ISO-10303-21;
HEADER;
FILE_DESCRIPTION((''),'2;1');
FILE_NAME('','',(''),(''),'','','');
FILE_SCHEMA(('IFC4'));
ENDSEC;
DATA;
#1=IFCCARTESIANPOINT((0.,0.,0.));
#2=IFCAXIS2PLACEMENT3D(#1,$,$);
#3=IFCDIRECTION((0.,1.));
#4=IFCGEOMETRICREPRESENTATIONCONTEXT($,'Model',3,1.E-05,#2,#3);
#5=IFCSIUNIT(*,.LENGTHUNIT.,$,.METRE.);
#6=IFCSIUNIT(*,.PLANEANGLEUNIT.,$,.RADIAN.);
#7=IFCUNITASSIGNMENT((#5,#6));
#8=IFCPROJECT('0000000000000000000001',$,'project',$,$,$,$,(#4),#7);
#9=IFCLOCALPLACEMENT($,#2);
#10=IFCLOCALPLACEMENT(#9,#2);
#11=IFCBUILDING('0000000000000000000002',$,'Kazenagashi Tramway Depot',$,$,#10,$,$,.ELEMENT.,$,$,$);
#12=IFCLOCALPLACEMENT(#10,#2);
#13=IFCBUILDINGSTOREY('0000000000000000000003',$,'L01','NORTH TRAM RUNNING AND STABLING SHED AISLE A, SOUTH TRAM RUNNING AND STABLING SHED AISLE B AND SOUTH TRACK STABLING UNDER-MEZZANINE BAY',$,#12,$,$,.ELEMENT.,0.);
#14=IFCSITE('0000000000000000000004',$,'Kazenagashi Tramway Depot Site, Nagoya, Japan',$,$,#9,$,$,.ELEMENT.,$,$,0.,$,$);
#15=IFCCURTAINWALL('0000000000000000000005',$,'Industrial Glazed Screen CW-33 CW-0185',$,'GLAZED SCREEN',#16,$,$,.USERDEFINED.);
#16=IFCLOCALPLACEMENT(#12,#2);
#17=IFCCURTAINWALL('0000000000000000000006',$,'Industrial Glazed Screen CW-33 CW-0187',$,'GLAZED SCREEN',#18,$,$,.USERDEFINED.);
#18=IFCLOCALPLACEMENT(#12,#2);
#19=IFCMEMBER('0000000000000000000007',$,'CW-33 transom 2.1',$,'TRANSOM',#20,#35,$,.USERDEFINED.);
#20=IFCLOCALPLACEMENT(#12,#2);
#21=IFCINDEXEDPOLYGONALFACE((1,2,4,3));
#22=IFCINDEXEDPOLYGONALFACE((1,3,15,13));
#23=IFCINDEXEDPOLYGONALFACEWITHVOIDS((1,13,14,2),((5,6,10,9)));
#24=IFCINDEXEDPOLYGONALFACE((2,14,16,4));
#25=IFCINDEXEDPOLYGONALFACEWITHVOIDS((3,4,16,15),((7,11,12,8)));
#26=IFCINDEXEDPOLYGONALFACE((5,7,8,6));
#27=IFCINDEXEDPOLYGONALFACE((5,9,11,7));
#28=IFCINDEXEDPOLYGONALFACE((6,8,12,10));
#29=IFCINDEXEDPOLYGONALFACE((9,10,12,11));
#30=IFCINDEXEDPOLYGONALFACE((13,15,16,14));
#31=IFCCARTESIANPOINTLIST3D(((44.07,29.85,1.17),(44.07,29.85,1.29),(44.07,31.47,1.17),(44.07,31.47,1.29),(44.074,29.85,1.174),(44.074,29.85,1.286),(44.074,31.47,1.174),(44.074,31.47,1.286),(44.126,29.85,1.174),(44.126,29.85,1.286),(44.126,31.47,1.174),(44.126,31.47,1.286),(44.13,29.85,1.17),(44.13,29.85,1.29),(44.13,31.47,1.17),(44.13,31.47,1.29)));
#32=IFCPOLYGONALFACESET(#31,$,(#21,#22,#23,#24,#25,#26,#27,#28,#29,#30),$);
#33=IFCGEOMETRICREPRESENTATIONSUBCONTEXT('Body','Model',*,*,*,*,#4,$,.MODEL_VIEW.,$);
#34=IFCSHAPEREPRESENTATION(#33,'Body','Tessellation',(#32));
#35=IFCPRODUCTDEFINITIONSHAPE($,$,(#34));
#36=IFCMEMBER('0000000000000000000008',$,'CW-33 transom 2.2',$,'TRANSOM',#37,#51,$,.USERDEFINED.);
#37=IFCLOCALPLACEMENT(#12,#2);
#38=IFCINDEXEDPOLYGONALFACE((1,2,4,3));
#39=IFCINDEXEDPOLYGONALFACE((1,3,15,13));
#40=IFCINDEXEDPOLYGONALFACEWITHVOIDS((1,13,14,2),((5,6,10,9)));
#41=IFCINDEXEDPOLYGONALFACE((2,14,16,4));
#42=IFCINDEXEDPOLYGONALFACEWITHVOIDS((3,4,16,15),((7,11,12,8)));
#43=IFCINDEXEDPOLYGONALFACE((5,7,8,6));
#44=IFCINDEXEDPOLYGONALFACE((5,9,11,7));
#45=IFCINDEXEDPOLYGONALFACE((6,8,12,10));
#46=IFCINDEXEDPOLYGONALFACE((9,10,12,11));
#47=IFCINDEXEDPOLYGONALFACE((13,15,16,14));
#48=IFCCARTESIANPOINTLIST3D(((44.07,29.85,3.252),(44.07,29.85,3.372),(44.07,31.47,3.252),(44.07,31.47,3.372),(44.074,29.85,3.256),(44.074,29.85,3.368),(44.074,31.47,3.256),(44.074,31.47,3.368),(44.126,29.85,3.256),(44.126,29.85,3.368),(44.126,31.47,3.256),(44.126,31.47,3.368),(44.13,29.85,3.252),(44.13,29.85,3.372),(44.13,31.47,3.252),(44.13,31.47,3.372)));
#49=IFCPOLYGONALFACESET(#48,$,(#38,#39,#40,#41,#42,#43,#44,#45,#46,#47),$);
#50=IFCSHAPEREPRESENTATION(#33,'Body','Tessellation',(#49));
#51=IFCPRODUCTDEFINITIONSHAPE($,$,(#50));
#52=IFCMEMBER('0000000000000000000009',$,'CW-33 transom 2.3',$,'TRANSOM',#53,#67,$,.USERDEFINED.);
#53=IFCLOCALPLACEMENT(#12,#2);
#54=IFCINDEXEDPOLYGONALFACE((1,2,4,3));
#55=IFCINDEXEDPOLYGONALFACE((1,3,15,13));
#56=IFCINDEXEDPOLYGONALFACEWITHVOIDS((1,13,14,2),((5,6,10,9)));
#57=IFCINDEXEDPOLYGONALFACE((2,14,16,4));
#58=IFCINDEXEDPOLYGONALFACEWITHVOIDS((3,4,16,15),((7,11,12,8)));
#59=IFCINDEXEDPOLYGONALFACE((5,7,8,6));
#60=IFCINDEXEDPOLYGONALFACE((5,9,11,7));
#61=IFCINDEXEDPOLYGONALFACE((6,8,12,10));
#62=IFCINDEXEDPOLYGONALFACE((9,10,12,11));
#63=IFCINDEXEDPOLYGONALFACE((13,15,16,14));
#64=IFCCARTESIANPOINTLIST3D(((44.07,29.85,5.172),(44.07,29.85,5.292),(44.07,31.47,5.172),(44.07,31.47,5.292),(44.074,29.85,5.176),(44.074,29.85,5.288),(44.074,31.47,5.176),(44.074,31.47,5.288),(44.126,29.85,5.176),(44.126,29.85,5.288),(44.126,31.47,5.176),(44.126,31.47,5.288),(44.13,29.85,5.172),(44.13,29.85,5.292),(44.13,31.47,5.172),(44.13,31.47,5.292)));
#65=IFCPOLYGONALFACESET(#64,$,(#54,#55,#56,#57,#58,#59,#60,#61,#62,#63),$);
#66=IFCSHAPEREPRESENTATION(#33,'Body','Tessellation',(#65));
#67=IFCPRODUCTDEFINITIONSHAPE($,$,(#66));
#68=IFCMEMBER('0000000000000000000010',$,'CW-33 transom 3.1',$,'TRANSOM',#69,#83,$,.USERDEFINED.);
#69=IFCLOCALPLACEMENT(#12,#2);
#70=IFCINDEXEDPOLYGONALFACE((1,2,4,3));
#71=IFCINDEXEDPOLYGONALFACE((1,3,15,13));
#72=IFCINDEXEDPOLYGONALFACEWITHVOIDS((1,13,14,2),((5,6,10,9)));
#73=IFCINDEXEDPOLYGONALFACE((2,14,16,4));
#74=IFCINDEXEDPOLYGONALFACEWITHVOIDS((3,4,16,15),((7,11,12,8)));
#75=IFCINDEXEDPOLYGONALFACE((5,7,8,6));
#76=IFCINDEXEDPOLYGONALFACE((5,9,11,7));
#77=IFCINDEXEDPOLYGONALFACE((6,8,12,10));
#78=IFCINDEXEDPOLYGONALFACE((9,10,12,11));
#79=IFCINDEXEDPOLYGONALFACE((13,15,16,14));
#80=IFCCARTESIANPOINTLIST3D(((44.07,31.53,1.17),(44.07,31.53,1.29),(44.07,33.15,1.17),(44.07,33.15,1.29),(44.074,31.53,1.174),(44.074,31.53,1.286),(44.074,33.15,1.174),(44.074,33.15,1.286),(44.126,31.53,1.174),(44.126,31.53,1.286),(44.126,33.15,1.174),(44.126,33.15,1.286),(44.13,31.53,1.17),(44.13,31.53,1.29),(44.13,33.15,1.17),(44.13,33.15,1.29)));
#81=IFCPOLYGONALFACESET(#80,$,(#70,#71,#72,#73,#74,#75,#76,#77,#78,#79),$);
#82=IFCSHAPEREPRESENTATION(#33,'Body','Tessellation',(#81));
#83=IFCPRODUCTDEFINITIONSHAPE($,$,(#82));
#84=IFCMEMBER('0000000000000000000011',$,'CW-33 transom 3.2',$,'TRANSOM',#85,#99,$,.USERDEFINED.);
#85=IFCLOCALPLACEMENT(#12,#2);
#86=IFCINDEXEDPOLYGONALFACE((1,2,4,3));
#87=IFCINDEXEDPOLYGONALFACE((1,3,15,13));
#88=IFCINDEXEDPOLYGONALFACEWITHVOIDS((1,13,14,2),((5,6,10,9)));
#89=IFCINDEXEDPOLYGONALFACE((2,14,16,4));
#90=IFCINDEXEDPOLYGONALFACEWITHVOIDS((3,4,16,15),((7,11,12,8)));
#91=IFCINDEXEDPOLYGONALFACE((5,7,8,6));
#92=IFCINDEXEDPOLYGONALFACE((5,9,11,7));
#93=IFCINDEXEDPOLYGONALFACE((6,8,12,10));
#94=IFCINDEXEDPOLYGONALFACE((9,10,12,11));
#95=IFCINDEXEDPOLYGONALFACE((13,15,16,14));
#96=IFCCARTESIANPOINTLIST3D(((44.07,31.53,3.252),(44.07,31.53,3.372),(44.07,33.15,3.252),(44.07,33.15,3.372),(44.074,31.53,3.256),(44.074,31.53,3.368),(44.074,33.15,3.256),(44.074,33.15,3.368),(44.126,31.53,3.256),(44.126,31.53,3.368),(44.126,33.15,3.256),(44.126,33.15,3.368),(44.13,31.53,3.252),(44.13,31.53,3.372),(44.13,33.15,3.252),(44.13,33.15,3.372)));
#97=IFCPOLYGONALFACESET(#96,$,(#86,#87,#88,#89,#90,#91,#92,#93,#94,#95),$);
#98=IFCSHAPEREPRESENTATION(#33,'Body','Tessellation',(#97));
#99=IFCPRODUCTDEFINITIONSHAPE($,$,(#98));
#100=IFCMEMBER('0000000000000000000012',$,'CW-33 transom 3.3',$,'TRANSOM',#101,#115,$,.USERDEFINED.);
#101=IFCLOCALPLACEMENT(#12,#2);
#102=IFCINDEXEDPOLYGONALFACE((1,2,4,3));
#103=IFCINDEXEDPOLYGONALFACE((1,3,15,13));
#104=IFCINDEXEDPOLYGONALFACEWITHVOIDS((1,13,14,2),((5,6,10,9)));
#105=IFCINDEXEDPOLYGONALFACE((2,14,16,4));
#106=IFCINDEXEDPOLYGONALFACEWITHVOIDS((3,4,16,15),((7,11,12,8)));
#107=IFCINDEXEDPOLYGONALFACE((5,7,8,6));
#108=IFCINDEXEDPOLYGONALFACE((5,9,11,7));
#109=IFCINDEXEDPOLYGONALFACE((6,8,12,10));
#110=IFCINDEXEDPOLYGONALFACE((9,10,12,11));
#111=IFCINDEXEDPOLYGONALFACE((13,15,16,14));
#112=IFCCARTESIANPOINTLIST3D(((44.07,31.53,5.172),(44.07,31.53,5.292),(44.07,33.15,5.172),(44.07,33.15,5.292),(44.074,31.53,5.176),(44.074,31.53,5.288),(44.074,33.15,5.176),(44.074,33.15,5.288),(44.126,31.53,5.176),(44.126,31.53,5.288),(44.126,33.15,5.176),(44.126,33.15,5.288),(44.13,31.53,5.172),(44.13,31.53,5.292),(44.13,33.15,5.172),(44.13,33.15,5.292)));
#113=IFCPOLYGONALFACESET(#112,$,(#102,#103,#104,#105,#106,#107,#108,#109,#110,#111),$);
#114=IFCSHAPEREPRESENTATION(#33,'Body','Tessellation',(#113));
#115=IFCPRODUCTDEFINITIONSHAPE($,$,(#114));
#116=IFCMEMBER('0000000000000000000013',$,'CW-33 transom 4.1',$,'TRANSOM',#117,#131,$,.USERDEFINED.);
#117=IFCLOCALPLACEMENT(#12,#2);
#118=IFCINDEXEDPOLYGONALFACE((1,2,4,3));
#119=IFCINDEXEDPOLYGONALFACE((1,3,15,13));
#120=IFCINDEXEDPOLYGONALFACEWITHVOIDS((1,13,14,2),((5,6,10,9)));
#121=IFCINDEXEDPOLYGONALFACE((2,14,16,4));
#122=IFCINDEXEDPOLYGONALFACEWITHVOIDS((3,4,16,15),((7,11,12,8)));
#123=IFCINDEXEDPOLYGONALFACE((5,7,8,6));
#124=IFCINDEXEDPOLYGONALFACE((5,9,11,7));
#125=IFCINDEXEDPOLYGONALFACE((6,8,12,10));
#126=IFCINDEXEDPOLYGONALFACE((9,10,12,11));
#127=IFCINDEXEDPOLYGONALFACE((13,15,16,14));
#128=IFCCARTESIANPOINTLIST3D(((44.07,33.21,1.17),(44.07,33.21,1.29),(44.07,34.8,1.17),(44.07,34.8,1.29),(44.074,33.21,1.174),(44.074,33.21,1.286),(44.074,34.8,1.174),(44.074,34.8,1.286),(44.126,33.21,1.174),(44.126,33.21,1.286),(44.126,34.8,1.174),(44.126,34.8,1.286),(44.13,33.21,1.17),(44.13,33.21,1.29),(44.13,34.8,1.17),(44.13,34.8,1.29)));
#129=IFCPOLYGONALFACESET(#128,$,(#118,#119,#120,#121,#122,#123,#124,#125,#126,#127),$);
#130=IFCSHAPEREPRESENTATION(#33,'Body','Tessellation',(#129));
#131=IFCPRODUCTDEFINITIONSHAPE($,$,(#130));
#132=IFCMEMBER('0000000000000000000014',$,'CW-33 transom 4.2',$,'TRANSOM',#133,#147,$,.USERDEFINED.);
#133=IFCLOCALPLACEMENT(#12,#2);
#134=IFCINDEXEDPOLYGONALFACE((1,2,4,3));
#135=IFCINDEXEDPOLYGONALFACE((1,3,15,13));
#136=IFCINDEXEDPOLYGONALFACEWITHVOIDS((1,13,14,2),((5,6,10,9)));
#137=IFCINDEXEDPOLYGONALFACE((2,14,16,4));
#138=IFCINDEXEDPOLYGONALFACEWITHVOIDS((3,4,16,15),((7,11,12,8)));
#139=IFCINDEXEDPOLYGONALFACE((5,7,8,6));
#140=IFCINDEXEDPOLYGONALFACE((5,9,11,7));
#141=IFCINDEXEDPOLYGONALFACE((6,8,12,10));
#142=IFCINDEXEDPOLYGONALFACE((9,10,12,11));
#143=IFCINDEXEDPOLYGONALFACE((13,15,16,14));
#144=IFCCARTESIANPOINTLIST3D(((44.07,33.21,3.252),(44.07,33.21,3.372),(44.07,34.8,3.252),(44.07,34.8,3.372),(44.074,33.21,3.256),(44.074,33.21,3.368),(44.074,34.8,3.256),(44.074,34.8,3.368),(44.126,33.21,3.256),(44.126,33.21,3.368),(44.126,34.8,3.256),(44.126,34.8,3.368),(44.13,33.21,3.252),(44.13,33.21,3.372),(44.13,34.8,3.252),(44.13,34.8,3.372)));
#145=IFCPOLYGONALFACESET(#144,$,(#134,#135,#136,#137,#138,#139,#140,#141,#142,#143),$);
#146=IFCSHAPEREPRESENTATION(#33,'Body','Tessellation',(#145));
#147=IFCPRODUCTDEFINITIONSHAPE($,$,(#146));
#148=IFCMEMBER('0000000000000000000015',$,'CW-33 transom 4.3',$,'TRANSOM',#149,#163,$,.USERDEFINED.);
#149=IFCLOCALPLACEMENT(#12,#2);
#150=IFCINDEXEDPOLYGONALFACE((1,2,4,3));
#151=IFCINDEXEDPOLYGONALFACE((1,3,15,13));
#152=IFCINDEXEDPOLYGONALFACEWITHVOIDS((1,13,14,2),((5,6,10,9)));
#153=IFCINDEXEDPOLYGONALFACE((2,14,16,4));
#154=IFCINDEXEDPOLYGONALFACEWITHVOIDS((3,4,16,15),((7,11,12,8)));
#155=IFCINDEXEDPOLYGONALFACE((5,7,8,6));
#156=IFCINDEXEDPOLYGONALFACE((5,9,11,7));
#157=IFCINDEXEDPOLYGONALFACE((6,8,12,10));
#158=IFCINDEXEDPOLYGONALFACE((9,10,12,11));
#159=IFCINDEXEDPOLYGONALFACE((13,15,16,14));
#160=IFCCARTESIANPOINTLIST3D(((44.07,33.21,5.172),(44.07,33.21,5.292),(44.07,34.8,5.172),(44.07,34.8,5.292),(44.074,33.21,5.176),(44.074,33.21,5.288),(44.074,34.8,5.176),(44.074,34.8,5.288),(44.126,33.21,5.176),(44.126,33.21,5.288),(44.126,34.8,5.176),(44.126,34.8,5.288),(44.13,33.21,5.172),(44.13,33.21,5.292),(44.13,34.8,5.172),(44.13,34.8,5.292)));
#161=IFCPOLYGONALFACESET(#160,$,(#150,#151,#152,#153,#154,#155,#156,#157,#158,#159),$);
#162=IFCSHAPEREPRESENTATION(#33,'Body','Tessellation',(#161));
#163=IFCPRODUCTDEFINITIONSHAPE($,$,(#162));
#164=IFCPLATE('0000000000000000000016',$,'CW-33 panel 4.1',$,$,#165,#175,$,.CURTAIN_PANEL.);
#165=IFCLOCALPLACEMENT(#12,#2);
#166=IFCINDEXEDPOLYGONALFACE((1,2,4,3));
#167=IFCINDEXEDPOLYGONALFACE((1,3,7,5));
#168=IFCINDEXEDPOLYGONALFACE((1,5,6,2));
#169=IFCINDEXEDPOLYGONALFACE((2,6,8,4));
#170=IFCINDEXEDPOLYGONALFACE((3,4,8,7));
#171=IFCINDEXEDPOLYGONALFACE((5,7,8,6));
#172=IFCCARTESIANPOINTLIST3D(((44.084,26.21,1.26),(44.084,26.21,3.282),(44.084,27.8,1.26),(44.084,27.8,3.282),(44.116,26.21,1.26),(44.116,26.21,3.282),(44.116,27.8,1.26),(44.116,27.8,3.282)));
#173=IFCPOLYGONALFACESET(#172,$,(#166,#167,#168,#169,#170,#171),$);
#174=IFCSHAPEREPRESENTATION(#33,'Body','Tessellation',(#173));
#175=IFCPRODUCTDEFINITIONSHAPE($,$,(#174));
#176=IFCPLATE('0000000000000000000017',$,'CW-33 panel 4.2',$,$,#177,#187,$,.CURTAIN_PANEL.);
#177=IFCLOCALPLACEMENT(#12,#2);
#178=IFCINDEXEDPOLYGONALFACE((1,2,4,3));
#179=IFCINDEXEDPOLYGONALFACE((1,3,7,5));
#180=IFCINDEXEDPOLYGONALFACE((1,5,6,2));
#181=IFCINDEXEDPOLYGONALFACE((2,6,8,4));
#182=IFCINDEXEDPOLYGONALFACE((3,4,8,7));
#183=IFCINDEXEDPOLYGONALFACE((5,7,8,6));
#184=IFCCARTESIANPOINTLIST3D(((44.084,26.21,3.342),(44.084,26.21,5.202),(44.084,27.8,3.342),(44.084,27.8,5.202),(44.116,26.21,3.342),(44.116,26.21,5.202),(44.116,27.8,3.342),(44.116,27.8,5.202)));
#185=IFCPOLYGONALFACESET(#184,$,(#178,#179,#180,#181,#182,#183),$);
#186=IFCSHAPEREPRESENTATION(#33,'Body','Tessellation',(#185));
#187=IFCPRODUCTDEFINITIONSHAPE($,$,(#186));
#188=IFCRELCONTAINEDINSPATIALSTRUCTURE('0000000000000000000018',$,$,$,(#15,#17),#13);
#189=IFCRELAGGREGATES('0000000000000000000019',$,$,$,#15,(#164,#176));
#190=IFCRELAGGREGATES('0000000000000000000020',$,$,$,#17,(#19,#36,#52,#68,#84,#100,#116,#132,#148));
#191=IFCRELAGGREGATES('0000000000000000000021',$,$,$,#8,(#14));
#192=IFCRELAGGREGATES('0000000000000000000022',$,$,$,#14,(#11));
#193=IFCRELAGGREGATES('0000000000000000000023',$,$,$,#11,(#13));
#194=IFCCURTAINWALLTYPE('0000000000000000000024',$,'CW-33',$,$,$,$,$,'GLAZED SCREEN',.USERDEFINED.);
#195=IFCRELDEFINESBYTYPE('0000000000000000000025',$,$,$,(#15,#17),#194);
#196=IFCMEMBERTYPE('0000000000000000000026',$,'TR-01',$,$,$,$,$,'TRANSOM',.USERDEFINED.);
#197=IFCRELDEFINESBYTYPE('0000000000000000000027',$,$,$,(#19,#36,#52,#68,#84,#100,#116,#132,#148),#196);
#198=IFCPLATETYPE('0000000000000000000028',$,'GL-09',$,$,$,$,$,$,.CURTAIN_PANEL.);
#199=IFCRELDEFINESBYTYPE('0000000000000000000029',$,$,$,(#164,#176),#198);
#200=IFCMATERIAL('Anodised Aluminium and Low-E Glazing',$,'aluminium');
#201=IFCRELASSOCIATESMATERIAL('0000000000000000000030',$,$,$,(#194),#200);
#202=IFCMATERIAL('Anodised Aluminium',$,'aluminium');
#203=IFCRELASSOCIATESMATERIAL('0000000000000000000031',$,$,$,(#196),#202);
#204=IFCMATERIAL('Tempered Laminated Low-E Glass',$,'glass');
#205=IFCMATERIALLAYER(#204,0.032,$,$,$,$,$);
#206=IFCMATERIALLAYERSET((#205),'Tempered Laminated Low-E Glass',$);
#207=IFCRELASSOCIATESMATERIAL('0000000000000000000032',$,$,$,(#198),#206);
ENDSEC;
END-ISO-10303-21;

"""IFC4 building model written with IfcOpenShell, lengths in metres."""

from ifc_helpers import new_model, si_unit, direction, frame, origin, origin_2d, place, context, subcontext, project, spatial, rectangle, hollow_rectangle, extrude, material, layer, layer_set, material_profile, profile_set, type_object, element, aggregate, save


model = new_model("IFC4")

# Units and contexts
model_context = context("Model", 3, precision=1e-05, world=origin(), true_north=direction((0.0, 1.0)))
body_context = subcontext(model_context, "Body", "Model", "MODEL_VIEW")
ifc_project = project(units=[si_unit("LENGTHUNIT", "METRE"), si_unit("PLANEANGLEUNIT", "RADIAN")], contexts=[model_context])

# Site, building, storey
site_placement = place(None, origin())
site = spatial("IfcSite", under=ifc_project, at=site_placement, Name="Kazenagashi Tramway Depot Site, Nagoya, Japan", CompositionType="ELEMENT", RefElevation=0.0)
building_placement = place(site_placement, origin())
building = spatial("IfcBuilding", under=site, at=building_placement, Name="Kazenagashi Tramway Depot", CompositionType="ELEMENT")
storey_placement = place(building_placement, origin())
storey = spatial("IfcBuildingStorey", under=building, at=storey_placement, Name="L01", Description="NORTH TRAM RUNNING AND STABLING SHED AISLE A, SOUTH TRAM RUNNING AND STABLING SHED AISLE B AND SOUTH TRACK STABLING UNDER-MEZZANINE BAY", CompositionType="ELEMENT", Elevation=0.0)

# Curtain wall
ifc_material_1 = material(Name="Anodised Aluminium and Low-E Glazing", Category="aluminium")
curtain_wall_type = type_object("IfcCurtainWallType", Name="CW-33", ElementType="GLAZED SCREEN", PredefinedType="USERDEFINED", material=ifc_material_1)
curtain_wall_1_placement = place(storey_placement, origin())
curtain_wall_1 = element("IfcCurtainWall", 1, at=curtain_wall_1_placement, inside=storey, type_object=curtain_wall_type, Name="Industrial Glazed Screen CW-33 CW-0185", ObjectType="GLAZED SCREEN", PredefinedType="USERDEFINED")
ifc_material_2 = material(Name="Anodised Aluminium", Category="aluminium")

# Curtain wall
curtain_wall_2_placement = place(storey_placement, origin())
curtain_wall_2 = element("IfcCurtainWall", 2, at=curtain_wall_2_placement, inside=storey, type_object=curtain_wall_type, Name="Industrial Glazed Screen CW-33 CW-0187", ObjectType="GLAZED SCREEN", PredefinedType="USERDEFINED")

# Members
ifc_material_profile_1 = material_profile(ifc_material_2, hollow_rectangle(XDim=0.06, YDim=0.12, WallThickness=0.004, at=origin_2d()), Name="RHS-120x60x4")
ifc_profile_set_1 = profile_set([ifc_material_profile_1], Name="Anodised Aluminium")
member_type_1 = type_object("IfcMemberType", Name="TR-01", ElementType="TRANSOM", PredefinedType="USERDEFINED", material=ifc_profile_set_1)
member_1_placement = place(storey_placement, frame((44.1, 29.85, 1.23), z_axis=(0.0, 1.0, 0.0), x_axis=(-1.0, 0.0, 0.0)))
member_1 = element("IfcMember", 3, at=member_1_placement, type_object=member_type_1, Name="CW-33 transom 2.1", ObjectType="TRANSOM", PredefinedType="USERDEFINED", context=body_context, shape_type="SweptSolid", body=[
    extrude(hollow_rectangle(XDim=0.06, YDim=0.12, WallThickness=0.004, at=origin_2d()), origin(), (0.0, 0.0, 1.0), 1.62),
])
member_2_placement = place(storey_placement, frame((44.1, 29.85, 3.312), z_axis=(0.0, 1.0, 0.0), x_axis=(-1.0, 0.0, 0.0)))
member_2 = element("IfcMember", 4, at=member_2_placement, type_object=member_type_1, Name="CW-33 transom 2.2", ObjectType="TRANSOM", PredefinedType="USERDEFINED", context=body_context, shape_type="SweptSolid", body=[
    extrude(hollow_rectangle(XDim=0.06, YDim=0.12, WallThickness=0.004, at=origin_2d()), origin(), (0.0, 0.0, 1.0), 1.62),
])
member_3_placement = place(storey_placement, frame((44.1, 29.85, 5.232), z_axis=(0.0, 1.0, 0.0), x_axis=(-1.0, 0.0, 0.0)))
member_3 = element("IfcMember", 5, at=member_3_placement, type_object=member_type_1, Name="CW-33 transom 2.3", ObjectType="TRANSOM", PredefinedType="USERDEFINED", context=body_context, shape_type="SweptSolid", body=[
    extrude(hollow_rectangle(XDim=0.06, YDim=0.12, WallThickness=0.004, at=origin_2d()), origin(), (0.0, 0.0, 1.0), 1.62),
])
member_4_placement = place(storey_placement, frame((44.1, 31.53, 1.23), z_axis=(0.0, 1.0, 0.0), x_axis=(-1.0, 0.0, 0.0)))
member_4 = element("IfcMember", 6, at=member_4_placement, type_object=member_type_1, Name="CW-33 transom 3.1", ObjectType="TRANSOM", PredefinedType="USERDEFINED", context=body_context, shape_type="SweptSolid", body=[
    extrude(hollow_rectangle(XDim=0.06, YDim=0.12, WallThickness=0.004, at=origin_2d()), origin(), (0.0, 0.0, 1.0), 1.62),
])
member_5_placement = place(storey_placement, frame((44.1, 31.53, 3.312), z_axis=(0.0, 1.0, 0.0), x_axis=(-1.0, 0.0, 0.0)))
member_5 = element("IfcMember", 7, at=member_5_placement, type_object=member_type_1, Name="CW-33 transom 3.2", ObjectType="TRANSOM", PredefinedType="USERDEFINED", context=body_context, shape_type="SweptSolid", body=[
    extrude(hollow_rectangle(XDim=0.06, YDim=0.12, WallThickness=0.004, at=origin_2d()), origin(), (0.0, 0.0, 1.0), 1.62),
])
member_6_placement = place(storey_placement, frame((44.1, 31.53, 5.232), z_axis=(0.0, 1.0, 0.0), x_axis=(-1.0, 0.0, 0.0)))
member_6 = element("IfcMember", 8, at=member_6_placement, type_object=member_type_1, Name="CW-33 transom 3.3", ObjectType="TRANSOM", PredefinedType="USERDEFINED", context=body_context, shape_type="SweptSolid", body=[
    extrude(hollow_rectangle(XDim=0.06, YDim=0.12, WallThickness=0.004, at=origin_2d()), origin(), (0.0, 0.0, 1.0), 1.62),
])
member_7_placement = place(storey_placement, frame((44.1, 33.21, 1.23), z_axis=(0.0, 1.0, 0.0), x_axis=(-1.0, 0.0, 0.0)))
member_7 = element("IfcMember", 9, at=member_7_placement, type_object=member_type_1, Name="CW-33 transom 4.1", ObjectType="TRANSOM", PredefinedType="USERDEFINED", context=body_context, shape_type="SweptSolid", body=[
    extrude(hollow_rectangle(XDim=0.06, YDim=0.12, WallThickness=0.004, at=origin_2d()), origin(), (0.0, 0.0, 1.0), 1.59),
])
member_8_placement = place(storey_placement, frame((44.1, 33.21, 3.312), z_axis=(0.0, 1.0, 0.0), x_axis=(-1.0, 0.0, 0.0)))
member_8 = element("IfcMember", 10, at=member_8_placement, type_object=member_type_1, Name="CW-33 transom 4.2", ObjectType="TRANSOM", PredefinedType="USERDEFINED", context=body_context, shape_type="SweptSolid", body=[
    extrude(hollow_rectangle(XDim=0.06, YDim=0.12, WallThickness=0.004, at=origin_2d()), origin(), (0.0, 0.0, 1.0), 1.59),
])
member_9_placement = place(storey_placement, frame((44.1, 33.21, 5.232), z_axis=(0.0, 1.0, 0.0), x_axis=(-1.0, 0.0, 0.0)))
member_9 = element("IfcMember", 11, at=member_9_placement, type_object=member_type_1, Name="CW-33 transom 4.3", ObjectType="TRANSOM", PredefinedType="USERDEFINED", context=body_context, shape_type="SweptSolid", body=[
    extrude(hollow_rectangle(XDim=0.06, YDim=0.12, WallThickness=0.004, at=origin_2d()), origin(), (0.0, 0.0, 1.0), 1.59),
])

# Plates
ifc_material_3 = material(Name="Tempered Laminated Low-E Glass", Category="glass")
ifc_layer_1 = layer(ifc_material_3, 0.032)
ifc_layer_set_1 = layer_set([ifc_layer_1], Name="Tempered Laminated Low-E Glass")
plate_type_1 = type_object("IfcPlateType", Name="GL-09", PredefinedType="CURTAIN_PANEL", material=ifc_layer_set_1)
plate_1_placement = place(storey_placement, frame((44.1, 27.005, 1.26), z_axis=(0.0, 0.0, 1.0), x_axis=(0.0, 1.0, 0.0)))
plate_1 = element("IfcPlate", 12, at=plate_1_placement, type_object=plate_type_1, Name="CW-33 panel 4.1", PredefinedType="CURTAIN_PANEL", context=body_context, shape_type="SweptSolid", body=[
    extrude(rectangle(XDim=1.59, YDim=0.032, at=origin_2d()), origin(), (0.0, 0.0, 1.0), 2.022),
])
plate_2_placement = place(storey_placement, frame((44.1, 27.005, 3.342), z_axis=(0.0, 0.0, 1.0), x_axis=(0.0, 1.0, 0.0)))
plate_2 = element("IfcPlate", 13, at=plate_2_placement, type_object=plate_type_1, Name="CW-33 panel 4.2", PredefinedType="CURTAIN_PANEL", context=body_context, shape_type="SweptSolid", body=[
    extrude(rectangle(XDim=1.59, YDim=0.032, at=origin_2d()), origin(), (0.0, 0.0, 1.0), 1.86),
])
aggregate(curtain_wall_1, [plate_1, plate_2])
aggregate(curtain_wall_2, [member_1, member_2, member_3, member_4, member_5, member_6, member_7, member_8, member_9])

save(model, "model.ifc")
